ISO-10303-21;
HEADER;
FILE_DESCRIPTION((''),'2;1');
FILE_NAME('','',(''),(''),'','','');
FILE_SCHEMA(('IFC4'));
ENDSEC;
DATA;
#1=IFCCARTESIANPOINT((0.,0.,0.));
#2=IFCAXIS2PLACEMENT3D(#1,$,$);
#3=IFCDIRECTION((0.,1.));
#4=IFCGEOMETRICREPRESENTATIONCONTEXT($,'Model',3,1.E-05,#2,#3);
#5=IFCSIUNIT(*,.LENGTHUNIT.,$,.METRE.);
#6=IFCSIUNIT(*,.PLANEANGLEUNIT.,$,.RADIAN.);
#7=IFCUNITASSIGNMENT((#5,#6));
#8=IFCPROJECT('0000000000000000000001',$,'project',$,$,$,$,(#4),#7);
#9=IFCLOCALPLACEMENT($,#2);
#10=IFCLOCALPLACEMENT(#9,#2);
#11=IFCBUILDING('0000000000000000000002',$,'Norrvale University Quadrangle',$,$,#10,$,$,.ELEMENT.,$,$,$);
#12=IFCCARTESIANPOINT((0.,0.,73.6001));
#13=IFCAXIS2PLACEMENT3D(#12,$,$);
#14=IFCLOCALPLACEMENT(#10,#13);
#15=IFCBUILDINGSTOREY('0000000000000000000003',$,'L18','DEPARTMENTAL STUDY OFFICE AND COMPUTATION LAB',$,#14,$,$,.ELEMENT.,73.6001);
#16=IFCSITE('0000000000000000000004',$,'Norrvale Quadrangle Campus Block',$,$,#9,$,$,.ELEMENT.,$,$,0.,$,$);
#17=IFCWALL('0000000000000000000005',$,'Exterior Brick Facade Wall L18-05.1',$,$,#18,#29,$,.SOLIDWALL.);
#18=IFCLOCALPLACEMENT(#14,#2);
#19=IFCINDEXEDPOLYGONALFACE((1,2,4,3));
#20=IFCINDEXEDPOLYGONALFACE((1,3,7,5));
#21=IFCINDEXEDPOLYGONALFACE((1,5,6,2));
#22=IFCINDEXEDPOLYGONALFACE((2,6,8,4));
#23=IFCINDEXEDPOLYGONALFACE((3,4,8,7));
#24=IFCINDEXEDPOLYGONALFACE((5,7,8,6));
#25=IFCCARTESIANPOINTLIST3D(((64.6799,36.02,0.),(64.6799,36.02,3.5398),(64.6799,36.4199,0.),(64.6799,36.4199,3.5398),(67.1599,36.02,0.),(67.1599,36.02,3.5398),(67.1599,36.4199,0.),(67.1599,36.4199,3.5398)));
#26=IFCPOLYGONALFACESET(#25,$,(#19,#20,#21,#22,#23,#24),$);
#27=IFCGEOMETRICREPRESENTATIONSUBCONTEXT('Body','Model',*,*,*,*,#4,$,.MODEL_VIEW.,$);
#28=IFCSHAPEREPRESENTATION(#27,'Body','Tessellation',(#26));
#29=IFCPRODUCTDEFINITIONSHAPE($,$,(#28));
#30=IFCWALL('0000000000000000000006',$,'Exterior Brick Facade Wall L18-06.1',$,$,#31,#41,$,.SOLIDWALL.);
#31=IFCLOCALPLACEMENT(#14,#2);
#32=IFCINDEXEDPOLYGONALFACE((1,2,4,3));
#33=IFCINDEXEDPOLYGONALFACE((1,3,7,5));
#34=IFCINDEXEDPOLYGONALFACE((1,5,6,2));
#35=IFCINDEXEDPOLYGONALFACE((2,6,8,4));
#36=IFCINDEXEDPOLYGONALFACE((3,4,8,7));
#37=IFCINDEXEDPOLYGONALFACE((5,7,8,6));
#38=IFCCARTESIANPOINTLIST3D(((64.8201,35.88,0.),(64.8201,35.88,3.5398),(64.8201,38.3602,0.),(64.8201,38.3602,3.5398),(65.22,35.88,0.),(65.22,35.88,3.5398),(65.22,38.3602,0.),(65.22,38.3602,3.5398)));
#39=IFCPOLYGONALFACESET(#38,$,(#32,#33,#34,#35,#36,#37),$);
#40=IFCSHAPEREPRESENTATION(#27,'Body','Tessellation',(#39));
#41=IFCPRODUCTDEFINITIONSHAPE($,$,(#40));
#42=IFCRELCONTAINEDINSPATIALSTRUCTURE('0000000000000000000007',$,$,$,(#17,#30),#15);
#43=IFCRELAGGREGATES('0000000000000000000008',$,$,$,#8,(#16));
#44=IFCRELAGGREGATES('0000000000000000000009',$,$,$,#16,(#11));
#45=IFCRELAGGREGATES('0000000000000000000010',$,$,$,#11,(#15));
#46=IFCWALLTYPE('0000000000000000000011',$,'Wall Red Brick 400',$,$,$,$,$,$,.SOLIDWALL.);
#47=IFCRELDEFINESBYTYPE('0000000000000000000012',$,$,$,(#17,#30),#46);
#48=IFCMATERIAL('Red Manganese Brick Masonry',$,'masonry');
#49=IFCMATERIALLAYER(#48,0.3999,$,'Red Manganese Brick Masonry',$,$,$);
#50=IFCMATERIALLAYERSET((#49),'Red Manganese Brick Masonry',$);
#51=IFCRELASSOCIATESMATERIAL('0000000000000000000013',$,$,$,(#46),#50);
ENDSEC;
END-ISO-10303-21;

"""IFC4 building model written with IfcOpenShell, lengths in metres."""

from ifc_helpers import new_model, si_unit, direction, frame, frame_2d, origin, place, context, subcontext, project, spatial, rectangle, extrude, material, layer, layer_set, type_object, element, save


model = new_model("IFC4")

# Units and contexts
model_context = context("Model", 3, precision=1e-05, world=origin(), true_north=direction((0.0, 1.0)))
body_context = subcontext(model_context, "Body", "Model", "MODEL_VIEW")
ifc_project = project(units=[si_unit("LENGTHUNIT", "METRE"), si_unit("PLANEANGLEUNIT", "RADIAN")], contexts=[model_context])

# Site, building, storey
site_placement = place(None, origin())
site = spatial("IfcSite", under=ifc_project, at=site_placement, Name="Norrvale Quadrangle Campus Block", CompositionType="ELEMENT", RefElevation=0.0)
building_placement = place(site_placement, origin())
building = spatial("IfcBuilding", under=site, at=building_placement, Name="Norrvale University Quadrangle", CompositionType="ELEMENT")
storey_placement = place(building_placement, frame((0.0, 0.0, 73.6001)))
storey = spatial("IfcBuildingStorey", under=building, at=storey_placement, Name="L18", Description="DEPARTMENTAL STUDY OFFICE AND COMPUTATION LAB", CompositionType="ELEMENT", Elevation=73.6001)

# Walls
ifc_material_1 = material(Name="Red Manganese Brick Masonry", Category="masonry")
ifc_layer = layer(ifc_material_1, 0.3999, Name="Red Manganese Brick Masonry")
ifc_layer_set = layer_set([ifc_layer], Name="Red Manganese Brick Masonry")
wall_type = type_object("IfcWallType", Name="Wall Red Brick 400", PredefinedType="SOLIDWALL", material=ifc_layer_set)
wall_1_placement = place(storey_placement, frame((67.1599, 36.22, 0.0), z_axis=(0.0, 0.0, 1.0), x_axis=(-1.0, 0.0, 0.0)))
element("IfcWall", 1, at=wall_1_placement, inside=storey, type_object=wall_type, Name="Exterior Brick Facade Wall L18-05.1", PredefinedType="SOLIDWALL", context=body_context, shape_type="SweptSolid", body=[
    extrude(rectangle(XDim=2.48, YDim=0.3999, at=frame_2d((1.24, 0.0))), origin(), (0.0, 0.0, 1.0), 3.5398),
])
wall_2_placement = place(storey_placement, frame((65.02, 35.8799, 0.0), z_axis=(0.0, 0.0, 1.0), x_axis=(0.0, 1.0, 0.0)))
element("IfcWall", 2, at=wall_2_placement, inside=storey, type_object=wall_type, Name="Exterior Brick Facade Wall L18-06.1", PredefinedType="SOLIDWALL", context=body_context, shape_type="SweptSolid", body=[
    extrude(rectangle(XDim=2.4802, YDim=0.3999, at=frame_2d((1.2402, 0.0))), origin(), (0.0, 0.0, 1.0), 3.5398),
])

save(model, "model.ifc")
